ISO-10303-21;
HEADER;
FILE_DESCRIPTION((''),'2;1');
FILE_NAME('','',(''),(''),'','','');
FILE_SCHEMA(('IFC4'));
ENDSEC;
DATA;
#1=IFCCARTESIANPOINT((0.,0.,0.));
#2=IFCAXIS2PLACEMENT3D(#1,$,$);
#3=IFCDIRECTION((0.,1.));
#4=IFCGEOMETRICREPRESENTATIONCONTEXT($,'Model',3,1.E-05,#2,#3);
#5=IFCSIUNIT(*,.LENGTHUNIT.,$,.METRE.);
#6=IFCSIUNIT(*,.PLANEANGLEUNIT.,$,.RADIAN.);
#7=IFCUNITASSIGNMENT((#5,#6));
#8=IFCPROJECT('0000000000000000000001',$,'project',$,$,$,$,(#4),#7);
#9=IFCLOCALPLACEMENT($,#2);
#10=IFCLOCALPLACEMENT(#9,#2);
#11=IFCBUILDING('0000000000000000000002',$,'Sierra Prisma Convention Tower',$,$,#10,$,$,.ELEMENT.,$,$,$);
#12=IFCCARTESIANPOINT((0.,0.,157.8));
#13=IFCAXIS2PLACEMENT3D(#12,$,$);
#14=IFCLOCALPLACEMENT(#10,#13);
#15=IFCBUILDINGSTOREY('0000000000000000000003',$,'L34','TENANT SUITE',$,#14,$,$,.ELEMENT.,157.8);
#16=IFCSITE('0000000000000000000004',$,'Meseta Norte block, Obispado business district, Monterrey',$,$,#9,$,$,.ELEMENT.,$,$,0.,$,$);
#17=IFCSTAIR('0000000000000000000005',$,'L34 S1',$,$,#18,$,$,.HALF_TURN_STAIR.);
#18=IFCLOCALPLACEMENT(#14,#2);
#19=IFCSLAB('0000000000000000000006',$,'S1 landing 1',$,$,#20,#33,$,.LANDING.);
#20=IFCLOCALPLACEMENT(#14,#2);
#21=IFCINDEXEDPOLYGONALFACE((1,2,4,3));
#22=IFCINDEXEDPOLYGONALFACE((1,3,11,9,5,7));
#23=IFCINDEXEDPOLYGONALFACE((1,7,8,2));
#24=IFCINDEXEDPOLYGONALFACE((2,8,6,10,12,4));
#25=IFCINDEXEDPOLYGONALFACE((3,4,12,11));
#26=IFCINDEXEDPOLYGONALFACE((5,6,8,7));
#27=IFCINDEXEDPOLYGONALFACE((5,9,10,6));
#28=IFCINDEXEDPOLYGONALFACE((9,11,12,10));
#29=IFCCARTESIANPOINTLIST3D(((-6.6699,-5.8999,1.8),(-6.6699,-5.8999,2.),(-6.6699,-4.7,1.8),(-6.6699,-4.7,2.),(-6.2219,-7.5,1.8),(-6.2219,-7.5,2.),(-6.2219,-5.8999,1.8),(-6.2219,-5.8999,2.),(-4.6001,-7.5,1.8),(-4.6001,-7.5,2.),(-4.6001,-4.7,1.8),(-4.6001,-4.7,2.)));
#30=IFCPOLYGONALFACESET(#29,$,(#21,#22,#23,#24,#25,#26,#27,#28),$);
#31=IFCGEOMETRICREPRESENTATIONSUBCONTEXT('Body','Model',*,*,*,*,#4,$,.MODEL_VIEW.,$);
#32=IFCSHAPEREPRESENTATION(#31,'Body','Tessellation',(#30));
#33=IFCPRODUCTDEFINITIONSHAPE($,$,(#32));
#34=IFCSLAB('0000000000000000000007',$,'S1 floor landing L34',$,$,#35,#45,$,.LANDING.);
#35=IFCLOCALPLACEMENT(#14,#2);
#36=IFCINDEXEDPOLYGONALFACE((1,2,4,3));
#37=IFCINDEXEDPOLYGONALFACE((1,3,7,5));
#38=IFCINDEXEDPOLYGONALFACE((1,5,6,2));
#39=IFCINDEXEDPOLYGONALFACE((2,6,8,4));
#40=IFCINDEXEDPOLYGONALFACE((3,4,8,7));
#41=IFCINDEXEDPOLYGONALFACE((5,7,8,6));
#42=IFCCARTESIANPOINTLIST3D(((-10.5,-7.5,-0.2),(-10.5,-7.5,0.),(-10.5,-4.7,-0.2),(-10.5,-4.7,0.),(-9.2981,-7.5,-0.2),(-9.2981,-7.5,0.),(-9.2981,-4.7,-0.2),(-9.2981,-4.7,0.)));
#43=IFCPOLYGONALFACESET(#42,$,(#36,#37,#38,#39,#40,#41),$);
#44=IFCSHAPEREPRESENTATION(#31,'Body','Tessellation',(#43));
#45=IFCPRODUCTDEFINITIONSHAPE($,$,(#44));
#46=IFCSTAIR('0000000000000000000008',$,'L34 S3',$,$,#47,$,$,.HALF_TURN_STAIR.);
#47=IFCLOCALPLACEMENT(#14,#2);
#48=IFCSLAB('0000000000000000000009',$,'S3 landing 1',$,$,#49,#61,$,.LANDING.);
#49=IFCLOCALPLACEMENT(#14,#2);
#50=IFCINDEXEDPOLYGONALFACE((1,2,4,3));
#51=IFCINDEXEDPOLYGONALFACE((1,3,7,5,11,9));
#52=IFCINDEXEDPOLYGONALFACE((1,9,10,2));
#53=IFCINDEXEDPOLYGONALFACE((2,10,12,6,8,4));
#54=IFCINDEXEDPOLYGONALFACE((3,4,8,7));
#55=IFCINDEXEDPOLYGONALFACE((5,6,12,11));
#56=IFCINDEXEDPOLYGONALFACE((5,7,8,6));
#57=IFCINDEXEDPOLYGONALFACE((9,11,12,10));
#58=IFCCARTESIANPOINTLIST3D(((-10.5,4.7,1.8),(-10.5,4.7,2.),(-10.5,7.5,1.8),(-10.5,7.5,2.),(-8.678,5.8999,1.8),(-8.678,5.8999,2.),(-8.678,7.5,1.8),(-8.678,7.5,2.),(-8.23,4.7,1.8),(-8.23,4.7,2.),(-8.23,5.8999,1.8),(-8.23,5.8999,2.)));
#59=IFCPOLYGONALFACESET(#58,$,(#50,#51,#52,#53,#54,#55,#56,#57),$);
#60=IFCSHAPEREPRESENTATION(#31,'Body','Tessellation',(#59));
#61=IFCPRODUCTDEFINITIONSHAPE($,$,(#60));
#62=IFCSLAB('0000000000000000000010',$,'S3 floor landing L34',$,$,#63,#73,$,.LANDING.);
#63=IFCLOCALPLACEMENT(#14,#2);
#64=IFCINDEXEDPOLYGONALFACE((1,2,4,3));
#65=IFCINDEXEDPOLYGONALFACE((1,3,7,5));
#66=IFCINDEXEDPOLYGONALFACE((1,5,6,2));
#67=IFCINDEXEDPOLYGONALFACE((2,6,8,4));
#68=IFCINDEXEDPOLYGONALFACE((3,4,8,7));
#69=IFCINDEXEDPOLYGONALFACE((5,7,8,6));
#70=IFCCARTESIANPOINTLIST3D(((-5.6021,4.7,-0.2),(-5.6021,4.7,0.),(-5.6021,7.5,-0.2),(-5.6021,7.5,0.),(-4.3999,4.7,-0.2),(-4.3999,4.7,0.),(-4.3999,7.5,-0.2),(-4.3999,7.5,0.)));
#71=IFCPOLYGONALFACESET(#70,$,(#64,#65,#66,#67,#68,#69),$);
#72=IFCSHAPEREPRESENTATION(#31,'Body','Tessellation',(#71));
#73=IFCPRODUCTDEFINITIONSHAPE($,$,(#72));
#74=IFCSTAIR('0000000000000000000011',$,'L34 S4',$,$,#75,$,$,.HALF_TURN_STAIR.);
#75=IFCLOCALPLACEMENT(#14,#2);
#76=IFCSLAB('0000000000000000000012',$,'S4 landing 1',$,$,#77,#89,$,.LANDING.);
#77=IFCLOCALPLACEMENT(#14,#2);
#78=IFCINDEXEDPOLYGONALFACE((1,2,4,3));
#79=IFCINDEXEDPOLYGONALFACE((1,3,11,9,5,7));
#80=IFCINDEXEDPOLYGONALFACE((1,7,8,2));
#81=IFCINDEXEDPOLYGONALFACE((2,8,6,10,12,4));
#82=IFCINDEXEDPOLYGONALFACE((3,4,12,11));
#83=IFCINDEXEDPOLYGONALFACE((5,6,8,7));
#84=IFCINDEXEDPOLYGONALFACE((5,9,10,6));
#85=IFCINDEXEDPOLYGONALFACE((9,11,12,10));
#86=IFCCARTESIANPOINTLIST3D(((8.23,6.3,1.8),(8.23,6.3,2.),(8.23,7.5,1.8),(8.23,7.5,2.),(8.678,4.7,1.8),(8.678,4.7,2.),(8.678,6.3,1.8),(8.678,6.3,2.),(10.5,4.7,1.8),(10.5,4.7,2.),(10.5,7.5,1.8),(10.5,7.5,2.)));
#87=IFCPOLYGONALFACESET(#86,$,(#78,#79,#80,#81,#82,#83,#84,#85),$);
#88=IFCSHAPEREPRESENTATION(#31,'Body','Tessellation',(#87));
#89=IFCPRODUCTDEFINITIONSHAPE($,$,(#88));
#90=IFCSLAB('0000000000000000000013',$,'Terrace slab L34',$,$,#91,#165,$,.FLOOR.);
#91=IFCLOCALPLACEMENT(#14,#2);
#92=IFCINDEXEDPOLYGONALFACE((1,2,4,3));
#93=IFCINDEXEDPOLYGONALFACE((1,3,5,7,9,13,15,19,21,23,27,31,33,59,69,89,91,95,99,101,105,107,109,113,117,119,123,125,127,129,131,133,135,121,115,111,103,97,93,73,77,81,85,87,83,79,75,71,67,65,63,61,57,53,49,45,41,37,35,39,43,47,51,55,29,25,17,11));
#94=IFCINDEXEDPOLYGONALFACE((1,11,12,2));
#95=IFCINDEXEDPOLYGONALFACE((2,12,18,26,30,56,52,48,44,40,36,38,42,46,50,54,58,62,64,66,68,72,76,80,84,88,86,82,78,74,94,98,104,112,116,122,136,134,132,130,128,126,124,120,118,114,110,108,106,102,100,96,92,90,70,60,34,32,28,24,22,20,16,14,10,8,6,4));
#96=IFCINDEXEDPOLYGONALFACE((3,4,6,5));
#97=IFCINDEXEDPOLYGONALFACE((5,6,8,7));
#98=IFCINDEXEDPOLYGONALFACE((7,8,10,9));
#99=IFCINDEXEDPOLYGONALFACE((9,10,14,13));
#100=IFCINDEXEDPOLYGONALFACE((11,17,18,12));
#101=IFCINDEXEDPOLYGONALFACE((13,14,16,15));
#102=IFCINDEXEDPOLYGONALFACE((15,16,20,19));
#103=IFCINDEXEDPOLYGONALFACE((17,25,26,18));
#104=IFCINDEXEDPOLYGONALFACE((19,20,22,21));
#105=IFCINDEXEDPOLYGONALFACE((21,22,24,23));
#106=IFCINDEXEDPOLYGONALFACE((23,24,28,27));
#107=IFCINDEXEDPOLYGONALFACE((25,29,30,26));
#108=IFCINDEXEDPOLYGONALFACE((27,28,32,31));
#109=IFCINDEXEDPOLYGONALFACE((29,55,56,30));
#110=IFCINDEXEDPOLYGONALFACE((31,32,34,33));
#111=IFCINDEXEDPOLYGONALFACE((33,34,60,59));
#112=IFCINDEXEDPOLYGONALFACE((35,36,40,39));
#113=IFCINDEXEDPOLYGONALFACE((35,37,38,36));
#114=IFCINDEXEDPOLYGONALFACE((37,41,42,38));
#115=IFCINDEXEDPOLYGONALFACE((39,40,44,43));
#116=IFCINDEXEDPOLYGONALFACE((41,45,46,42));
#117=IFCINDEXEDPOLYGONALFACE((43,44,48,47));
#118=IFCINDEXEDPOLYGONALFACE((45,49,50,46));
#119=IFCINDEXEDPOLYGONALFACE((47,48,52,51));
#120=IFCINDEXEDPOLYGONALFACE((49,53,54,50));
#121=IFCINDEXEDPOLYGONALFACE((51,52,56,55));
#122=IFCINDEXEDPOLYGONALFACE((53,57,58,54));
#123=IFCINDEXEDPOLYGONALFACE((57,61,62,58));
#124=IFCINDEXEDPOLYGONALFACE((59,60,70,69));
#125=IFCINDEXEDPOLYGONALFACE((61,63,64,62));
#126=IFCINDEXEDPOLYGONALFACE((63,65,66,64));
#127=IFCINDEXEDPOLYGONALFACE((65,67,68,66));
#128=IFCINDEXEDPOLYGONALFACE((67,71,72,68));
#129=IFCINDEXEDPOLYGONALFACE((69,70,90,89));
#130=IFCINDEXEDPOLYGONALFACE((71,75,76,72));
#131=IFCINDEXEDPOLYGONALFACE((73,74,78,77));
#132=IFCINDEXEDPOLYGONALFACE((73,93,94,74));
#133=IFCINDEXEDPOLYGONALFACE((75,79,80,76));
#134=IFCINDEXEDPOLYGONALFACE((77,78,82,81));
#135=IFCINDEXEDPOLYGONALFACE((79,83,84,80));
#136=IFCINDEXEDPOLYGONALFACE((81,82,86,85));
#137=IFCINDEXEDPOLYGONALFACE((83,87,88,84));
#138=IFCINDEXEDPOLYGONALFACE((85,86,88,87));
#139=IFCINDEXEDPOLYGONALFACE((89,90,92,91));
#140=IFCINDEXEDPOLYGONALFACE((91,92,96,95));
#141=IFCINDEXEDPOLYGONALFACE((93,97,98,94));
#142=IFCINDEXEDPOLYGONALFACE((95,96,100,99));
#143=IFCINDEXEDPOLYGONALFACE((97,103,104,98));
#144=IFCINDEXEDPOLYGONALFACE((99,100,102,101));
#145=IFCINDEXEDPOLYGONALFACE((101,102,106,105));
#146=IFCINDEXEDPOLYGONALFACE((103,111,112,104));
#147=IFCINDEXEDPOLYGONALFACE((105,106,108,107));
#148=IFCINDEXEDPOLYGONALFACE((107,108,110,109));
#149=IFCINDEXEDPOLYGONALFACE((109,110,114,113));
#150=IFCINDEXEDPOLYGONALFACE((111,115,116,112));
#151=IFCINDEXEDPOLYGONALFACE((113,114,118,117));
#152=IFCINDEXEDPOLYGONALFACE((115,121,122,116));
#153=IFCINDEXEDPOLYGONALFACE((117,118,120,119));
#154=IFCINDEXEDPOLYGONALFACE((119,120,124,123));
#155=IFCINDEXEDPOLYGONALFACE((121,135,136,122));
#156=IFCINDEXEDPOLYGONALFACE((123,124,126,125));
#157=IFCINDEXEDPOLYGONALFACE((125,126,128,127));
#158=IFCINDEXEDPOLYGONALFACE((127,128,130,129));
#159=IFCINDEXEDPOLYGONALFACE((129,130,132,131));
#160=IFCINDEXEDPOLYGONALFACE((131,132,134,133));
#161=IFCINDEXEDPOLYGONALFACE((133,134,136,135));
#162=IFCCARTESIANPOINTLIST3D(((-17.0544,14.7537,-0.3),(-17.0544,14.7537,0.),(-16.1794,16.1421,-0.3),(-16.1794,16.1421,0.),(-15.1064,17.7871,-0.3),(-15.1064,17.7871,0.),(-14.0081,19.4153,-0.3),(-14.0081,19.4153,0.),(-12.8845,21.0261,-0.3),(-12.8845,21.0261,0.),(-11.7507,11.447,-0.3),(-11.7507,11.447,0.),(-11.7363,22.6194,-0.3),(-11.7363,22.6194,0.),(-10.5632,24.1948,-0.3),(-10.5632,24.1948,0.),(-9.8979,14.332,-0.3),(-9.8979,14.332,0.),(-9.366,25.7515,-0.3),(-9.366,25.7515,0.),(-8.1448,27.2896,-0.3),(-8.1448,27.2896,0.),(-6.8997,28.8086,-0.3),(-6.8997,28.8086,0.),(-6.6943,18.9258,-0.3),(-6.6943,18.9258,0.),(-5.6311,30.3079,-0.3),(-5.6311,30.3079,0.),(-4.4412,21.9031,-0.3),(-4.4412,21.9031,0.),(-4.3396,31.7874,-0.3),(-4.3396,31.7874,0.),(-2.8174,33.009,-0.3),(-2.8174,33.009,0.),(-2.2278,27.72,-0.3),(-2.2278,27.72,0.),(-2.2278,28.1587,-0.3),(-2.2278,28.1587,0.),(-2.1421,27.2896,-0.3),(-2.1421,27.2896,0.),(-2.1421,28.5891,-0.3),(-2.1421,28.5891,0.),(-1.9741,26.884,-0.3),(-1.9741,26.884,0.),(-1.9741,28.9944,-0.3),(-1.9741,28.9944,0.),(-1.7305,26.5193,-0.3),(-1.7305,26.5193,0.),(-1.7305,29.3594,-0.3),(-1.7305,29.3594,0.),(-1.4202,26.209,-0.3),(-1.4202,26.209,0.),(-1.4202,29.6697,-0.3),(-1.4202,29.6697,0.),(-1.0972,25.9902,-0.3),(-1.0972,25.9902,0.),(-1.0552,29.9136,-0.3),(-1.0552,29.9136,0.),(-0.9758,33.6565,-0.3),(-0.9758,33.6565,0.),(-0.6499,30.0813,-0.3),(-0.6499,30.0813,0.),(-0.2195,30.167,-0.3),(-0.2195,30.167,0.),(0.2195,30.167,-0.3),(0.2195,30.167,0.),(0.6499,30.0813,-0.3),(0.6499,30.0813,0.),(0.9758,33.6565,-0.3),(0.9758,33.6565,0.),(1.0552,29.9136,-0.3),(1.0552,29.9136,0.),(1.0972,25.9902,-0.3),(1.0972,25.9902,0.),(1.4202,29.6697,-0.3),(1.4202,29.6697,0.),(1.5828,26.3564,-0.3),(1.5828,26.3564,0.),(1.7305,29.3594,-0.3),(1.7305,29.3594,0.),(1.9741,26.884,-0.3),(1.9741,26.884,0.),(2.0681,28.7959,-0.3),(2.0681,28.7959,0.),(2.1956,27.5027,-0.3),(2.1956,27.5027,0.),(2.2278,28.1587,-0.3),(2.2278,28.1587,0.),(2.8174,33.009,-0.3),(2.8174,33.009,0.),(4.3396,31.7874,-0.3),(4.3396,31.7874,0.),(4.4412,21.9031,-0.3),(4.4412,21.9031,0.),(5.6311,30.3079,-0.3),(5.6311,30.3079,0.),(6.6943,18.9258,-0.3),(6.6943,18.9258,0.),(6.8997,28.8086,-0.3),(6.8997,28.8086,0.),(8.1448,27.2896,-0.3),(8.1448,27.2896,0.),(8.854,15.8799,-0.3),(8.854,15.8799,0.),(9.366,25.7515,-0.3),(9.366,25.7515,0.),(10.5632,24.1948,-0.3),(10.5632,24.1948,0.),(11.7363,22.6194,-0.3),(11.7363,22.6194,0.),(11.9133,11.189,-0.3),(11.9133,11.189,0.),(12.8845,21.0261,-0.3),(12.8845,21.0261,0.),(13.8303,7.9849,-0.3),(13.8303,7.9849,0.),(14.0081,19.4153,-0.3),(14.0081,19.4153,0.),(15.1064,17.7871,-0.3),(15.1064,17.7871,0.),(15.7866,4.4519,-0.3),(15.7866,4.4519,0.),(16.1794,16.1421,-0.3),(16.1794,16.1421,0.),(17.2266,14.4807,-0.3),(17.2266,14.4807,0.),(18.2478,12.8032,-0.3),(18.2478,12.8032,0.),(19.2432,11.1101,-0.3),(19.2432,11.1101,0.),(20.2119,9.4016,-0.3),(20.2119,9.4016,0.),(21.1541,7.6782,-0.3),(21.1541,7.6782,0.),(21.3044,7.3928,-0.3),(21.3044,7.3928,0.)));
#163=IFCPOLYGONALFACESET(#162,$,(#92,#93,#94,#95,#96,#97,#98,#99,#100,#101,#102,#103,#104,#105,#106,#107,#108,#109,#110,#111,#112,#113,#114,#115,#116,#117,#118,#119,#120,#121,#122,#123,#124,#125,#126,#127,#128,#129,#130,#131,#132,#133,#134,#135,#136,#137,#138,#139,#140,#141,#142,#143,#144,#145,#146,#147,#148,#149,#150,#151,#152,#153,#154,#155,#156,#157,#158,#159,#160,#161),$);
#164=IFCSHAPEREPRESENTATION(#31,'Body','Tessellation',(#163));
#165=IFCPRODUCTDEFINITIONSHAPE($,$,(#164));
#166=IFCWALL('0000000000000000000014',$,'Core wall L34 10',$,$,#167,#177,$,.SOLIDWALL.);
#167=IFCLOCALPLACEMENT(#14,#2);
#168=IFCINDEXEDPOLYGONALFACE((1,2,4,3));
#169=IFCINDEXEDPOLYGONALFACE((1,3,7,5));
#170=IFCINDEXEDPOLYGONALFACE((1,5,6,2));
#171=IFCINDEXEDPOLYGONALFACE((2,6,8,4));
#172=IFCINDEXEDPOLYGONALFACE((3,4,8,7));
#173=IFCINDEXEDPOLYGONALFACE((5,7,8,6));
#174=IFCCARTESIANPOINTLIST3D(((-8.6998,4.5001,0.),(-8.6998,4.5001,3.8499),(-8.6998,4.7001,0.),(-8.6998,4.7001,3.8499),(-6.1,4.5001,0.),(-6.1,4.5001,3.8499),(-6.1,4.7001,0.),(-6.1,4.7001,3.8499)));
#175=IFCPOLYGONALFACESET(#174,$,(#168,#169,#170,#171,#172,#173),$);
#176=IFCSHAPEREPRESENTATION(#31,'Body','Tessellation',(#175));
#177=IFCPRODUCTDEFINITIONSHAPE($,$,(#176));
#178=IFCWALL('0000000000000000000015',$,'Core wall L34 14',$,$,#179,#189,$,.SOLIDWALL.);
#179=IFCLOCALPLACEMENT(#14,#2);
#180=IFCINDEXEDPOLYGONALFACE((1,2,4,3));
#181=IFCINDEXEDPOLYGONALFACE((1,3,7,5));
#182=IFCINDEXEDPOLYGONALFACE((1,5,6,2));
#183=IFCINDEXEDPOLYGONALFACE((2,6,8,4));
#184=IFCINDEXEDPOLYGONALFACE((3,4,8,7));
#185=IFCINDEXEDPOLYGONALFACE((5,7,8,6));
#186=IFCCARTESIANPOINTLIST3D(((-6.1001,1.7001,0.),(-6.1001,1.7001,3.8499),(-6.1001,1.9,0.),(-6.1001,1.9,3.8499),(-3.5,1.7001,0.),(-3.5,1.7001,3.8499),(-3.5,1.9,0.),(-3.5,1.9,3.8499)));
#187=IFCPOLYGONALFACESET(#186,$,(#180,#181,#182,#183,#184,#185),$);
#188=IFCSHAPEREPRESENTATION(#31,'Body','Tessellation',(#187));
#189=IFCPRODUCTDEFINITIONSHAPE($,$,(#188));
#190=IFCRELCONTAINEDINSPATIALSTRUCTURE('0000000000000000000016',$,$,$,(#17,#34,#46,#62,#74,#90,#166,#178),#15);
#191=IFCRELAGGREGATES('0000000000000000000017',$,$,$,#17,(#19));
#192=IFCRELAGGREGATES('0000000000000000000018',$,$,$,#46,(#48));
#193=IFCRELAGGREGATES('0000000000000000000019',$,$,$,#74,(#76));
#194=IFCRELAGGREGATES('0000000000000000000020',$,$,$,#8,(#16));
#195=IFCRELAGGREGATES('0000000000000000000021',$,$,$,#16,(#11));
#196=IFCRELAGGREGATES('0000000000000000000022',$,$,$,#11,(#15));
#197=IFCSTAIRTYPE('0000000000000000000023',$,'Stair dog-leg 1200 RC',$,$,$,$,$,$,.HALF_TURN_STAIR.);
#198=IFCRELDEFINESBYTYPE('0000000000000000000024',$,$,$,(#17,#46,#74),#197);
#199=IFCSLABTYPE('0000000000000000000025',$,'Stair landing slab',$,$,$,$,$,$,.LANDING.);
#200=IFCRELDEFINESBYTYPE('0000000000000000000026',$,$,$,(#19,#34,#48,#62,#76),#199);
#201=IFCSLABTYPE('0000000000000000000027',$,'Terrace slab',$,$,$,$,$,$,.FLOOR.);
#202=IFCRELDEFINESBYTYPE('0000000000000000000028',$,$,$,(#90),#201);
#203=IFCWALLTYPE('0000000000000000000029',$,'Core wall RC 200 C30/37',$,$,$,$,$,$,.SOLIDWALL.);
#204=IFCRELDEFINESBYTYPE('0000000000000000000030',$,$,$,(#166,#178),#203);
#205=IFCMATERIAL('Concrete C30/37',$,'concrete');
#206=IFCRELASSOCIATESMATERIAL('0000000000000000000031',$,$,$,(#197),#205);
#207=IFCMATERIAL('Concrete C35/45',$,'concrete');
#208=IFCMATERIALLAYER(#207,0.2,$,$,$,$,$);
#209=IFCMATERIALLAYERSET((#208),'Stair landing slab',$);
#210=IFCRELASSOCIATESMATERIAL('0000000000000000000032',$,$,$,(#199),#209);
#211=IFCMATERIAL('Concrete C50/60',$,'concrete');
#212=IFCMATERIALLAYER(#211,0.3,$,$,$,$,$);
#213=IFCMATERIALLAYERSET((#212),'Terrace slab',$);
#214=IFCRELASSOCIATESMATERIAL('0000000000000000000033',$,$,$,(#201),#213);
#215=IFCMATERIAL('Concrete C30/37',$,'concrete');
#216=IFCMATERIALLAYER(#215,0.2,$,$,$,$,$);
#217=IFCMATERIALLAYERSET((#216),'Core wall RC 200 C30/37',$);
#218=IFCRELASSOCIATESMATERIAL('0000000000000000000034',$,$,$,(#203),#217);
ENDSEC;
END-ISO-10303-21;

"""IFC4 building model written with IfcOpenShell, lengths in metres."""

from ifc_helpers import new_model, si_unit, direction, frame, frame_2d, origin, place, context, subcontext, project, spatial, polyline, rectangle, outline, extrude, material, layer, layer_set, type_object, element, aggregate, save


model = new_model("IFC4")

# Units and contexts
model_context = context("Model", 3, precision=1e-05, world=origin(), true_north=direction((0.0, 1.0)))
body_context = subcontext(model_context, "Body", "Model", "MODEL_VIEW")
ifc_project = project(units=[si_unit("LENGTHUNIT", "METRE"), si_unit("PLANEANGLEUNIT", "RADIAN")], contexts=[model_context])

# Site, building, storey
site_placement = place(None, origin())
site = spatial("IfcSite", under=ifc_project, at=site_placement, Name="Meseta Norte block, Obispado business district, Monterrey", CompositionType="ELEMENT", RefElevation=0.0)
building_placement = place(site_placement, origin())
building = spatial("IfcBuilding", under=site, at=building_placement, Name="Sierra Prisma Convention Tower", CompositionType="ELEMENT")
storey_placement = place(building_placement, frame((0.0, 0.0, 157.8)))
storey = spatial("IfcBuildingStorey", under=building, at=storey_placement, Name="L34", Description="TENANT SUITE", CompositionType="ELEMENT", Elevation=157.8)

# Stair, slab
ifc_material_1 = material(Name="Concrete C30/37", Category="concrete")
stair_type = type_object("IfcStairType", Name="Stair dog-leg 1200 RC", PredefinedType="HALF_TURN_STAIR", material=ifc_material_1)
stair_1_placement = place(storey_placement, origin())
stair_1 = element("IfcStair", 1, at=stair_1_placement, inside=storey, type_object=stair_type, Name="L34 S1", PredefinedType="HALF_TURN_STAIR")
ifc_material_2 = material(Name="Concrete C35/45", Category="concrete")
ifc_layer_1 = layer(ifc_material_2, 0.2)
ifc_layer_set_1 = layer_set([ifc_layer_1], Name="Stair landing slab")
slab_type_1 = type_object("IfcSlabType", Name="Stair landing slab", PredefinedType="LANDING", material=ifc_layer_set_1)
slab_1_placement = place(storey_placement, frame((0.0, 0.0, 1.8)))
slab_1 = element("IfcSlab", 2, at=slab_1_placement, type_object=slab_type_1, Name="S1 landing 1", PredefinedType="LANDING", context=body_context, shape_type="SweptSolid", body=[
    extrude(outline(polyline([(-4.6001, -4.7), (-4.6001, -7.5), (-6.2219, -7.5), (-6.2219, -5.8999), (-6.6699, -5.8999), (-6.6699, -4.7), (-4.6001, -4.7)])), origin(), (0.0, 0.0, 1.0), 0.2),
])
aggregate(stair_1, [slab_1])

# Slab
slab_2_placement = place(storey_placement, frame((0.0, 0.0, -0.2)))
element("IfcSlab", 3, at=slab_2_placement, inside=storey, type_object=slab_type_1, Name="S1 floor landing L34", PredefinedType="LANDING", context=body_context, shape_type="SweptSolid", body=[
    extrude(outline(polyline([(-10.5, -7.5), (-9.2981, -7.5), (-9.2981, -4.7), (-10.5, -4.7), (-10.5, -7.5)])), origin(), (0.0, 0.0, 1.0), 0.2),
])

# Stair, slab
stair_2_placement = place(storey_placement, origin())
stair_2 = element("IfcStair", 4, at=stair_2_placement, inside=storey, type_object=stair_type, Name="L34 S3", PredefinedType="HALF_TURN_STAIR")
slab_3_placement = place(storey_placement, frame((0.0, 0.0, 1.8)))
slab_3 = element("IfcSlab", 5, at=slab_3_placement, type_object=slab_type_1, Name="S3 landing 1", PredefinedType="LANDING", context=body_context, shape_type="SweptSolid", body=[
    extrude(outline(polyline([(-8.23, 5.8999), (-8.23, 4.7), (-10.5, 4.7), (-10.5, 7.5), (-8.678, 7.5), (-8.678, 5.8999), (-8.23, 5.8999)])), origin(), (0.0, 0.0, 1.0), 0.2),
])
aggregate(stair_2, [slab_3])

# Slab
slab_4_placement = place(storey_placement, frame((0.0, 0.0, -0.2)))
element("IfcSlab", 6, at=slab_4_placement, inside=storey, type_object=slab_type_1, Name="S3 floor landing L34", PredefinedType="LANDING", context=body_context, shape_type="SweptSolid", body=[
    extrude(outline(polyline([(-4.3999, 7.5), (-5.6021, 7.5), (-5.6021, 4.7), (-4.3999, 4.7), (-4.3999, 7.5)])), origin(), (0.0, 0.0, 1.0), 0.2),
])

# Stair, slab
stair_3_placement = place(storey_placement, origin())
stair_3 = element("IfcStair", 7, at=stair_3_placement, inside=storey, type_object=stair_type, Name="L34 S4", PredefinedType="HALF_TURN_STAIR")
slab_5_placement = place(storey_placement, frame((0.0, 0.0, 1.8)))
slab_5 = element("IfcSlab", 8, at=slab_5_placement, type_object=slab_type_1, Name="S4 landing 1", PredefinedType="LANDING", context=body_context, shape_type="SweptSolid", body=[
    extrude(outline(polyline([(10.5, 7.5), (10.5, 4.7), (8.678, 4.7), (8.678, 6.3), (8.23, 6.3), (8.23, 7.5), (10.5, 7.5)])), origin(), (0.0, 0.0, 1.0), 0.2),
])
aggregate(stair_3, [slab_5])

# Slab
ifc_material_3 = material(Name="Concrete C50/60", Category="concrete")
ifc_layer_2 = layer(ifc_material_3, 0.3)
ifc_layer_set_2 = layer_set([ifc_layer_2], Name="Terrace slab")
slab_type_2 = type_object("IfcSlabType", Name="Terrace slab", PredefinedType="FLOOR", material=ifc_layer_set_2)
slab_6_placement = place(storey_placement, frame((0.0, 0.0, -0.3)))
element("IfcSlab", 9, at=slab_6_placement, inside=storey, type_object=slab_type_2, Name="Terrace slab L34", PredefinedType="FLOOR", context=body_context, shape_type="SweptSolid", body=[
    extrude(outline(polyline([(21.3044, 7.3928), (21.1541, 7.6782), (20.2119, 9.4016), (19.2432, 11.1101), (18.2478, 12.8032), (17.2266, 14.4807), (16.1794, 16.1421), (15.1064, 17.7871), (14.0081, 19.4153), (12.8845, 21.0261), (11.7363, 22.6194), (10.5632, 24.1948), (9.366, 25.7515), (8.1448, 27.2896), (6.8997, 28.8086), (5.6311, 30.3079), (4.3396, 31.7874), (2.8174, 33.009), (0.9758, 33.6565), (-0.9758, 33.6565), (-2.8174, 33.009), (-4.3396, 31.7874), (-5.6311, 30.3079), (-6.8997, 28.8086), (-8.1448, 27.2896), (-9.366, 25.7515), (-10.5632, 24.1948), (-11.7363, 22.6194), (-12.8845, 21.0261), (-14.0081, 19.4153), (-15.1064, 17.7871), (-16.1794, 16.1421), (-17.0544, 14.7537), (-11.7507, 11.447), (-9.8979, 14.332), (-6.6943, 18.9258), (-4.4412, 21.9031), (-1.0972, 25.9902), (-1.4202, 26.209), (-1.7305, 26.5193), (-1.9741, 26.884), (-2.1421, 27.2896), (-2.2278, 27.72), (-2.2278, 28.1587), (-2.1421, 28.5891), (-1.9741, 28.9944), (-1.7305, 29.3594), (-1.4202, 29.6697), (-1.0552, 29.9136), (-0.6499, 30.0813), (-0.2195, 30.167), (0.2195, 30.167), (0.6499, 30.0813), (1.0552, 29.9136), (1.4202, 29.6697), (1.7305, 29.3594), (2.0681, 28.7959), (2.2278, 28.1587), (2.1956, 27.5027), (1.9741, 26.884), (1.5828, 26.3564), (1.0972, 25.9902), (4.4412, 21.9031), (6.6943, 18.9258), (8.854, 15.8799), (11.9133, 11.189), (13.8303, 7.9849), (15.7866, 4.4519), (21.3044, 7.3928)])), origin(), (0.0, 0.0, 1.0), 0.3),
])

# Walls
ifc_material_4 = material(Name="Concrete C30/37", Category="concrete")
ifc_layer_3 = layer(ifc_material_4, 0.2)
ifc_layer_set_3 = layer_set([ifc_layer_3], Name="Core wall RC 200 C30/37")
wall_type = type_object("IfcWallType", Name="Core wall RC 200 C30/37", PredefinedType="SOLIDWALL", material=ifc_layer_set_3)
wall_1_placement = place(storey_placement, frame((-6.1001, 4.6001, 0.0), z_axis=(0.0, 0.0, 1.0), x_axis=(-1.0, 0.0, 0.0)))
element("IfcWall", 10, at=wall_1_placement, inside=storey, type_object=wall_type, Name="Core wall L34 10", PredefinedType="SOLIDWALL", context=body_context, shape_type="SweptSolid", body=[
    extrude(rectangle(XDim=2.5999, YDim=0.2, at=frame_2d((1.2998, 0.0))), origin(), (0.0, 0.0, 1.0), 3.8499),
])
wall_2_placement = place(storey_placement, frame((-3.5, 1.8, 0.0), z_axis=(0.0, 0.0, 1.0), x_axis=(-1.0, 0.0, 0.0)))
element("IfcWall", 11, at=wall_2_placement, inside=storey, type_object=wall_type, Name="Core wall L34 14", PredefinedType="SOLIDWALL", context=body_context, shape_type="SweptSolid", body=[
    extrude(rectangle(XDim=2.6001, YDim=0.2, at=frame_2d((1.3, 0.0))), origin(), (0.0, 0.0, 1.0), 3.8499),
])

save(model, "model.ifc")
